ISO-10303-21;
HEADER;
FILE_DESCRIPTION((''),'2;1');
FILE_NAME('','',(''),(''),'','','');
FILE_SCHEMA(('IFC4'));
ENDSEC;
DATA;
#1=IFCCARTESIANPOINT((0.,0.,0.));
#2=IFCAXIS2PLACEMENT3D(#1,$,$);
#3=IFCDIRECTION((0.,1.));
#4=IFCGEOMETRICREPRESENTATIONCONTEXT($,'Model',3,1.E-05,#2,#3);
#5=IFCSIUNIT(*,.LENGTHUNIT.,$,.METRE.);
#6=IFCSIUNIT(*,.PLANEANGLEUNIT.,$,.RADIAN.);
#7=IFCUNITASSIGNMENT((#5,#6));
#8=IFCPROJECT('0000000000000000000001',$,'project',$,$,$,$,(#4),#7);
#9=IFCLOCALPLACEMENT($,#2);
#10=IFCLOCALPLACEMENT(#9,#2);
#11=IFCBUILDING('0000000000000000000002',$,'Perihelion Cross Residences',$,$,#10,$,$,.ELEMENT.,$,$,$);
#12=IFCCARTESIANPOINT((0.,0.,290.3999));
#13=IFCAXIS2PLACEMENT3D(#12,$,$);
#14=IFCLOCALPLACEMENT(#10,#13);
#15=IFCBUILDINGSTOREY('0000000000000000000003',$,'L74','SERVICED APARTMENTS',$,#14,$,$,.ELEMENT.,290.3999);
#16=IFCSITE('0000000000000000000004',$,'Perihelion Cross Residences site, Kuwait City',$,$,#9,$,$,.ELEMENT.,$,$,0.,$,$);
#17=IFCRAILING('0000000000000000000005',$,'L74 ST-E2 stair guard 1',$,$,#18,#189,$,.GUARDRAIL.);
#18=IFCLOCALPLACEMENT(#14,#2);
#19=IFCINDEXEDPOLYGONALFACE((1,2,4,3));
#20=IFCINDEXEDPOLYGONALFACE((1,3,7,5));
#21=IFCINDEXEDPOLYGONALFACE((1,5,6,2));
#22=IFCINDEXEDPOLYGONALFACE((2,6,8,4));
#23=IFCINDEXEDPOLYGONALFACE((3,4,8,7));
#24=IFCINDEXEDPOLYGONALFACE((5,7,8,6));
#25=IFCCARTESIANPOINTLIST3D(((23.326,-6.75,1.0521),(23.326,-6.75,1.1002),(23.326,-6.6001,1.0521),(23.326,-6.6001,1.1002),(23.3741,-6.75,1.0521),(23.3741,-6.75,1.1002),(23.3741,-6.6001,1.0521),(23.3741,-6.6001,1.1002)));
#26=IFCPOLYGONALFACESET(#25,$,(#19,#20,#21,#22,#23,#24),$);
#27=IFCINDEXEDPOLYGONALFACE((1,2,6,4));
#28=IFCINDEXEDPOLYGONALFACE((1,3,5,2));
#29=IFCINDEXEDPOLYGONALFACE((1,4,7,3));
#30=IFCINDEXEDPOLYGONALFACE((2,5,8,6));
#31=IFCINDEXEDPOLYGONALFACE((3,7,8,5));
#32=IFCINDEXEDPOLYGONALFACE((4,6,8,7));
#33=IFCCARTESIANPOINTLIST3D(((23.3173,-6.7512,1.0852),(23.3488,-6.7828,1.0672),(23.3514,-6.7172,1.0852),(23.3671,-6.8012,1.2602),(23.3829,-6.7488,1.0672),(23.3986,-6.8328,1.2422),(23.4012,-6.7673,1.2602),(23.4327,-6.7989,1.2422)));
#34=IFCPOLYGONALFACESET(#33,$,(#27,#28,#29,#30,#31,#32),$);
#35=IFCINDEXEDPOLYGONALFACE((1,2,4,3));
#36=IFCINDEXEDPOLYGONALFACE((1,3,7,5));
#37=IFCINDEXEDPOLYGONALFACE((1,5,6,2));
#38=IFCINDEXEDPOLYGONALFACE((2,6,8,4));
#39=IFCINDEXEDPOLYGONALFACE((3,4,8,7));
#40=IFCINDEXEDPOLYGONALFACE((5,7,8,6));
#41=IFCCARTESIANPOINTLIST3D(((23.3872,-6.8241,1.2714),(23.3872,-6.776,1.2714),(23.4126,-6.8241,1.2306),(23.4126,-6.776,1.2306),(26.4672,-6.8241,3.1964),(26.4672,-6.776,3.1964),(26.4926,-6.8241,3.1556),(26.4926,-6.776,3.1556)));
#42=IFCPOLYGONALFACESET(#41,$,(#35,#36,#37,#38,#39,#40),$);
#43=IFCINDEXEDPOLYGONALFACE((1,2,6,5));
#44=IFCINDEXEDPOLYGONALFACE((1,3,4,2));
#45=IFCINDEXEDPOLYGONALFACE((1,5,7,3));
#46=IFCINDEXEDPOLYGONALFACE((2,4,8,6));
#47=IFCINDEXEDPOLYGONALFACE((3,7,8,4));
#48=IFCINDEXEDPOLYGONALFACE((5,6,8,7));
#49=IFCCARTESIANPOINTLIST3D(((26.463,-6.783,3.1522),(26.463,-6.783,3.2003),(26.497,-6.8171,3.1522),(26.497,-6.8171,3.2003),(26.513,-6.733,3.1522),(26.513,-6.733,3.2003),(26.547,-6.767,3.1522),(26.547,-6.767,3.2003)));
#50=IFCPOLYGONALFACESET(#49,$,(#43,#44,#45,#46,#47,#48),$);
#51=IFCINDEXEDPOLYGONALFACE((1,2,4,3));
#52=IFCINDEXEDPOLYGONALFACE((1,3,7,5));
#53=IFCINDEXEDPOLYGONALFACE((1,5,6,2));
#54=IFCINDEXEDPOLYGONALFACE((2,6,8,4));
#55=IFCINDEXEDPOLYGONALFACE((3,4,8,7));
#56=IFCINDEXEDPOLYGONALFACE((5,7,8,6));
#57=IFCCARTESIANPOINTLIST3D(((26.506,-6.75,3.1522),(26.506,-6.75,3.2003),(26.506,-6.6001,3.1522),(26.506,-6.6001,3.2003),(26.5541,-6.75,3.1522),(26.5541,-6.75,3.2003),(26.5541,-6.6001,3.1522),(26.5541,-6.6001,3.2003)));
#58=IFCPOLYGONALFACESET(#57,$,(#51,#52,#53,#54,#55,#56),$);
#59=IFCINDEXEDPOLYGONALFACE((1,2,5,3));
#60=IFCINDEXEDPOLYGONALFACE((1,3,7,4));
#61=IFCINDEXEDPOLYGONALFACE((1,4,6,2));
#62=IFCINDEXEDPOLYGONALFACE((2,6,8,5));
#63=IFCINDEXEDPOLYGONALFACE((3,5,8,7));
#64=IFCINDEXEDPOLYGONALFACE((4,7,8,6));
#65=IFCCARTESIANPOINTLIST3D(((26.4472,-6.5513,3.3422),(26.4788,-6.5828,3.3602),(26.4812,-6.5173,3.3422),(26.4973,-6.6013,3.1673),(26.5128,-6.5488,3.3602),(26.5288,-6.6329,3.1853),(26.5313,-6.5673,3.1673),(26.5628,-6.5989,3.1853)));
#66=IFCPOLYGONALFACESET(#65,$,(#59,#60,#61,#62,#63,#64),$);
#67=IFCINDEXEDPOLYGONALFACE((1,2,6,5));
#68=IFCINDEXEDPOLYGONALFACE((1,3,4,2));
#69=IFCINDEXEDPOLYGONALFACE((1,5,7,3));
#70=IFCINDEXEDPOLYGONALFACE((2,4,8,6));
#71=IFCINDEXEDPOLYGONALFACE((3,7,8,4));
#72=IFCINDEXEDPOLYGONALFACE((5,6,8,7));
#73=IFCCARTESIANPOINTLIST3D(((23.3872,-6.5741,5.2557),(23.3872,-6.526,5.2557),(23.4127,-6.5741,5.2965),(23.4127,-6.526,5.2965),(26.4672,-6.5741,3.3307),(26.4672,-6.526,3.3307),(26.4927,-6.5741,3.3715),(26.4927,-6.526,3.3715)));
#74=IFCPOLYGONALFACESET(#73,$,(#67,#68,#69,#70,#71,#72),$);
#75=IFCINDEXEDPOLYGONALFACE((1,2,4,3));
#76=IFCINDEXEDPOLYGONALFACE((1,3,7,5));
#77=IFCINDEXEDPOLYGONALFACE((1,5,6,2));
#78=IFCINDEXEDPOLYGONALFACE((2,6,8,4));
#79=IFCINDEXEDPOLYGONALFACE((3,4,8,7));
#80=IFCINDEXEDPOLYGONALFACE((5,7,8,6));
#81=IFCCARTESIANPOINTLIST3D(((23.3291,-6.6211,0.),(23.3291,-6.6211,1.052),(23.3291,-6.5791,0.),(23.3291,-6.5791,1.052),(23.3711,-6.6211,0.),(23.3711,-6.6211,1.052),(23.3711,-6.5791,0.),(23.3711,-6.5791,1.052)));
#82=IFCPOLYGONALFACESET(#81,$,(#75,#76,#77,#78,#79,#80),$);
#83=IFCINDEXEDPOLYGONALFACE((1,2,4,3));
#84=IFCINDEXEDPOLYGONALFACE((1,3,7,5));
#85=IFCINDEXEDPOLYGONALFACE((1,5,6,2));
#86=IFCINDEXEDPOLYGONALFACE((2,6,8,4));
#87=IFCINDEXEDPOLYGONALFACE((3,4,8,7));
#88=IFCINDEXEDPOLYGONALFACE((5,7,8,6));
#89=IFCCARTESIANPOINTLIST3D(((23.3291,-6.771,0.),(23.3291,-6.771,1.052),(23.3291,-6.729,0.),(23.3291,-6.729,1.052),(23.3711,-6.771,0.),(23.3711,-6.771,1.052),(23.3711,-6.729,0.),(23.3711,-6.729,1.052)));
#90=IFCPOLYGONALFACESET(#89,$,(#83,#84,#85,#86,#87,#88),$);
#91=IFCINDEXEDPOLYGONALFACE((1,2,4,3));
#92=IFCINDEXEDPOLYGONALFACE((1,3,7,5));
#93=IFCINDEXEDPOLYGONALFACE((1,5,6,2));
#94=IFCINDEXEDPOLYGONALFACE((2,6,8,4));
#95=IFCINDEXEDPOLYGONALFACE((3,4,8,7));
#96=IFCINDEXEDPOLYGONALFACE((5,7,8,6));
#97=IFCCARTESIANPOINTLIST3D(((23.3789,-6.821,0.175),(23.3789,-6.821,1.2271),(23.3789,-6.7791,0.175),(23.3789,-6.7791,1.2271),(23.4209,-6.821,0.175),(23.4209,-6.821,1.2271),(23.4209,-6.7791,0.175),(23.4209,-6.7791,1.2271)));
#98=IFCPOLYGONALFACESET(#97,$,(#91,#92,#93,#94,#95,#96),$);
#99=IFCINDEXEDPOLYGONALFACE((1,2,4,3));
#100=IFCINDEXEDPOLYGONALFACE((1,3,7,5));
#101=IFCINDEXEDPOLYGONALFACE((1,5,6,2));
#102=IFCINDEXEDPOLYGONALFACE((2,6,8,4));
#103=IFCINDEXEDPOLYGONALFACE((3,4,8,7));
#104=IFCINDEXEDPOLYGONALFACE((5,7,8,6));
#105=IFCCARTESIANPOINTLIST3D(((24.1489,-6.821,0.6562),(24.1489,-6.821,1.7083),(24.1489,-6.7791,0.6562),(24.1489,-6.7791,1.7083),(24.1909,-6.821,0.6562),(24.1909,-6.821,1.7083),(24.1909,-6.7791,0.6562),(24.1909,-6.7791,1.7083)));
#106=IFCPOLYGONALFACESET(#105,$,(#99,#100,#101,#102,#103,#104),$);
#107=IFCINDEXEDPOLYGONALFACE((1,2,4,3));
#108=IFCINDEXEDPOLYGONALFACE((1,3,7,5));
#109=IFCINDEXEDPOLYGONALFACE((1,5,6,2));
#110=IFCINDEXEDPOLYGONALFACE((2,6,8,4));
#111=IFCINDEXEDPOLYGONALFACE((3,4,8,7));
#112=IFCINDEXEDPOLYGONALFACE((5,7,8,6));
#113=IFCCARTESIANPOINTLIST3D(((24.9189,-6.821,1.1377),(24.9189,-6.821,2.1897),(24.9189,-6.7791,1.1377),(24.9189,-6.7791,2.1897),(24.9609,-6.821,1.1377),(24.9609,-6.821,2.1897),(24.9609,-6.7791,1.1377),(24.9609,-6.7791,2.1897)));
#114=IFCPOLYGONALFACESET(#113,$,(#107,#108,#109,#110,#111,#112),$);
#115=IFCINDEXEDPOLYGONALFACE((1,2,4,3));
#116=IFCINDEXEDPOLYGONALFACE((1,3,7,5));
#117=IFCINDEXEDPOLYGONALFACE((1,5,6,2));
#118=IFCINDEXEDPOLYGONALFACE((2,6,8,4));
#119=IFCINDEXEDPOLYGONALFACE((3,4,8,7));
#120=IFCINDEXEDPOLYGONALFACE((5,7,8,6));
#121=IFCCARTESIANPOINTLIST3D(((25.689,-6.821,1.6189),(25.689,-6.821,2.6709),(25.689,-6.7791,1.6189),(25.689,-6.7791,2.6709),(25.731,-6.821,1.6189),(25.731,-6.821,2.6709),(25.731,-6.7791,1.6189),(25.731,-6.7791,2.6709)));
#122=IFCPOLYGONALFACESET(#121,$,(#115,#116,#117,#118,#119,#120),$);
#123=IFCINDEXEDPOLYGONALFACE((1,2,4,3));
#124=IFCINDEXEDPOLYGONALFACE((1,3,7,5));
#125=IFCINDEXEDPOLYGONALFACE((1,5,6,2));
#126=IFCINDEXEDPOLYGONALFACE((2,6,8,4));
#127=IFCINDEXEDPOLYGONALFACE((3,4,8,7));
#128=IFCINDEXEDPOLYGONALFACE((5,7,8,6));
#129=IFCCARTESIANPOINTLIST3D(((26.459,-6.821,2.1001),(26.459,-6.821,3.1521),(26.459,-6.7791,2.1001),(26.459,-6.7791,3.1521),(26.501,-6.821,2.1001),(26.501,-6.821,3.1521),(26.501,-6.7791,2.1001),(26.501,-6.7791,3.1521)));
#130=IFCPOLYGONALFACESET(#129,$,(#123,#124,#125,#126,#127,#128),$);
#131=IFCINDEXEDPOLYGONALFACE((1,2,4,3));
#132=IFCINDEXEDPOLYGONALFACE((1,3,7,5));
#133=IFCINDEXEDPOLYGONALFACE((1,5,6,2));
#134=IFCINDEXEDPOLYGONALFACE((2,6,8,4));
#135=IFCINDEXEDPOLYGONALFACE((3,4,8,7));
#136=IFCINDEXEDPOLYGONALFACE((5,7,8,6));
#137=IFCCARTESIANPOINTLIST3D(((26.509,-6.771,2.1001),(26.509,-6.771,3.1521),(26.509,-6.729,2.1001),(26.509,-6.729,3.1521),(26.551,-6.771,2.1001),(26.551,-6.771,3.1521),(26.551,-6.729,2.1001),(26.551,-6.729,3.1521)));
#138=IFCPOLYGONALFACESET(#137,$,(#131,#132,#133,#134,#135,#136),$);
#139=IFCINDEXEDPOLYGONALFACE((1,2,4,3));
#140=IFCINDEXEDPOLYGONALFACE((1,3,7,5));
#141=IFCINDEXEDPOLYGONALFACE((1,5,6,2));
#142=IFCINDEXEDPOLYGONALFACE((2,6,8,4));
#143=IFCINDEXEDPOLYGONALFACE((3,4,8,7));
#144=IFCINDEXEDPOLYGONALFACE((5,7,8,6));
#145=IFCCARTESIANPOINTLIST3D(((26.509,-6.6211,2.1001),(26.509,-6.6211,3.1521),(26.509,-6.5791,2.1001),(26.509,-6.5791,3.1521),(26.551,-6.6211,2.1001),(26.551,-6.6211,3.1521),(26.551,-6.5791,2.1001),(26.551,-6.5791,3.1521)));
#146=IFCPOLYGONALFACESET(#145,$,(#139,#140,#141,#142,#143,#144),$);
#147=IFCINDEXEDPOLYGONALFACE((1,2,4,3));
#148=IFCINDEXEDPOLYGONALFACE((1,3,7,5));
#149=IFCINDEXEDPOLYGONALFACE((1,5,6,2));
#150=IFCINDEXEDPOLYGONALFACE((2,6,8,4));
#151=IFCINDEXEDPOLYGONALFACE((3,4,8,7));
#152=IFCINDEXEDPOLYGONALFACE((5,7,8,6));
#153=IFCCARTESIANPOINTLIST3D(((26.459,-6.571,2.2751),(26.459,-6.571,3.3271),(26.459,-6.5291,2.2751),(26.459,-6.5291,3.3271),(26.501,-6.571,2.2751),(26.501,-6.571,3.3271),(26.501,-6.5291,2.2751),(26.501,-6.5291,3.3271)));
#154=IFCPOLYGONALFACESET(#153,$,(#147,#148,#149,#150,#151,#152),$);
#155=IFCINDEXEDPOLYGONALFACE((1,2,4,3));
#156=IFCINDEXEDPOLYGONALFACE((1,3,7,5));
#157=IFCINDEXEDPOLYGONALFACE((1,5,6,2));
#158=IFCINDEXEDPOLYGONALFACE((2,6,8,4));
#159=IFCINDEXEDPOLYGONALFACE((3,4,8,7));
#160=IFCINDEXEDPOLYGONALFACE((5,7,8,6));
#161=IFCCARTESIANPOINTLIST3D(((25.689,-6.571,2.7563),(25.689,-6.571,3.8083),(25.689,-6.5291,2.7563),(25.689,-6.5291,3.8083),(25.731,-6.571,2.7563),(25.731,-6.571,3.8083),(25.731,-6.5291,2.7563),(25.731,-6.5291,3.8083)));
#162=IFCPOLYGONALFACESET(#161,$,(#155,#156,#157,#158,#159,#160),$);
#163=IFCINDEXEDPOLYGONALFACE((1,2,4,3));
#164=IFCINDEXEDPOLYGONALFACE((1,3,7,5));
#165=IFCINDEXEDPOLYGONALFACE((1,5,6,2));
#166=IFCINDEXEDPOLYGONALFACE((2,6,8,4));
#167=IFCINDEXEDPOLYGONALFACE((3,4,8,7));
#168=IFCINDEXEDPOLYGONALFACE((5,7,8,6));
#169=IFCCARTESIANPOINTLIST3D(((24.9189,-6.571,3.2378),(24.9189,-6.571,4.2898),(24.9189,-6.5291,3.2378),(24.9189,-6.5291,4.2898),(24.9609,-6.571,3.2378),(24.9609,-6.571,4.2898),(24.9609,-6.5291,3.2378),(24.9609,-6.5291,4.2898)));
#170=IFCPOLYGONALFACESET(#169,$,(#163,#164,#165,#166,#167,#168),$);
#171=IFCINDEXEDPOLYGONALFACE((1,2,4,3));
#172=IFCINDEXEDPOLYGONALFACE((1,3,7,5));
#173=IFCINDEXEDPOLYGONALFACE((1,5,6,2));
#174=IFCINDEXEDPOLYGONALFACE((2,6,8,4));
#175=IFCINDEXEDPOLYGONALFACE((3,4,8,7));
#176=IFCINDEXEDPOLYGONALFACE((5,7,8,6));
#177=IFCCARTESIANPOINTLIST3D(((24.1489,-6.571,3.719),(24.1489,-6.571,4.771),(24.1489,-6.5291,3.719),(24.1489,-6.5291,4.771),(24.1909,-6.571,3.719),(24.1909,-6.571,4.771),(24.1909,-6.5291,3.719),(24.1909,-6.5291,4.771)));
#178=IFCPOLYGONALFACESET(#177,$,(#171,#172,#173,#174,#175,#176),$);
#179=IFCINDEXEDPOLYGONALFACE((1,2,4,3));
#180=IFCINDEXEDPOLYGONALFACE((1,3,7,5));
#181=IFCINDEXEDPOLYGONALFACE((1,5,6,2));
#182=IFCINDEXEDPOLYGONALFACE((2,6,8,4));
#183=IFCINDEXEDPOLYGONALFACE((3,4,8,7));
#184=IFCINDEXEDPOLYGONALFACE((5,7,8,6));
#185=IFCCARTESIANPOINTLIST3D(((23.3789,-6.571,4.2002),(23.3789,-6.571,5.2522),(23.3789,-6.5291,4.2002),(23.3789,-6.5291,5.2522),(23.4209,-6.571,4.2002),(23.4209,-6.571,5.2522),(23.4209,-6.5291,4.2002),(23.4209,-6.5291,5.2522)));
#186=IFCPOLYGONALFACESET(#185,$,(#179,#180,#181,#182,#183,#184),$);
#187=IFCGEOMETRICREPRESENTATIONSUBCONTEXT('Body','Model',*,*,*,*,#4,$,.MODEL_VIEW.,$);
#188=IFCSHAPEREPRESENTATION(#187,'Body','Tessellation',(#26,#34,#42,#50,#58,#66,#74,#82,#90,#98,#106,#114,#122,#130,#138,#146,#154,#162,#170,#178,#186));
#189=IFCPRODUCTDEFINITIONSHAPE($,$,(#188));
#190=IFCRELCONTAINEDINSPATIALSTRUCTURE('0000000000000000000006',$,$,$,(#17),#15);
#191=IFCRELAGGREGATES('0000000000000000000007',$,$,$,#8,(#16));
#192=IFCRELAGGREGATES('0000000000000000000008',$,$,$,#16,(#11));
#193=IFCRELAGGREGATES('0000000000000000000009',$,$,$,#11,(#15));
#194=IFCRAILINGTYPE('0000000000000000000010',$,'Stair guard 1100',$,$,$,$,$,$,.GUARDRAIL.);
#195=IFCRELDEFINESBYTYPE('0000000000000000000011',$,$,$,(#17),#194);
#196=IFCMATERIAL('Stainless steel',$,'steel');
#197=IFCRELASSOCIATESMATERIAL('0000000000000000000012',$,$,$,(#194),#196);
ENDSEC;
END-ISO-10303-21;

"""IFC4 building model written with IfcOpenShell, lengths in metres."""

from ifc_helpers import new_model, si_unit, direction, frame, origin, origin_2d, place, context, subcontext, project, spatial, rectangle, extrude, material, type_object, element, save


model = new_model("IFC4")

# Units and contexts
model_context = context("Model", 3, precision=1e-05, world=origin(), true_north=direction((0.0, 1.0)))
body_context = subcontext(model_context, "Body", "Model", "MODEL_VIEW")
ifc_project = project(units=[si_unit("LENGTHUNIT", "METRE"), si_unit("PLANEANGLEUNIT", "RADIAN")], contexts=[model_context])

# Site, building, storey
site_placement = place(None, origin())
site = spatial("IfcSite", under=ifc_project, at=site_placement, Name="Perihelion Cross Residences site, Kuwait City", CompositionType="ELEMENT", RefElevation=0.0)
building_placement = place(site_placement, origin())
building = spatial("IfcBuilding", under=site, at=building_placement, Name="Perihelion Cross Residences", CompositionType="ELEMENT")
storey_placement = place(building_placement, frame((0.0, 0.0, 290.3999)))
storey = spatial("IfcBuildingStorey", under=building, at=storey_placement, Name="L74", Description="SERVICED APARTMENTS", CompositionType="ELEMENT", Elevation=290.3999)

# Railing
ifc_material_1 = material(Name="Stainless steel", Category="steel")
railing_type_1 = type_object("IfcRailingType", Name="Stair guard 1100", PredefinedType="GUARDRAIL", material=ifc_material_1)
railing_1_placement = place(storey_placement, frame((23.3501, -6.6001, 0.0)))
element("IfcRailing", 1, at=railing_1_placement, inside=storey, type_object=railing_type_1, Name="L74 ST-E2 stair guard 1", PredefinedType="GUARDRAIL", context=body_context, shape_type="SweptSolid", body=[
    extrude(rectangle(XDim=0.0481, YDim=0.0481, at=origin_2d()), frame((0.0, 0.0, 1.0762), z_axis=(0.0, -1.0, 0.0), x_axis=(1.0, 0.0, 0.0)), (0.0, 0.0, 1.0), 0.1499),
    extrude(rectangle(XDim=0.0481, YDim=0.0481, at=origin_2d()), frame((0.0, -0.1499, 1.0762), z_axis=(0.263862, -0.265156, 0.927399), x_axis=(0.708834, 0.705376, 0.0)), (0.0, 0.0, 1.0), 0.1887),
    extrude(rectangle(XDim=0.0481, YDim=0.0481, at=origin_2d()), frame((0.0498, -0.2, 1.251), z_axis=(0.847998, 0.0, 0.529999), x_axis=(0.0, 1.0, 0.0)), (0.0, 0.0, 1.0), 3.6321),
    extrude(rectangle(XDim=0.0481, YDim=0.0481, at=origin_2d()), frame((3.1299, -0.2, 3.1763), z_axis=(0.707107, 0.707107, 0.0), x_axis=(-0.707107, 0.707107, 0.0)), (0.0, 0.0, 1.0), 0.0708),
    extrude(rectangle(XDim=0.0481, YDim=0.0481, at=origin_2d()), frame((3.1799, -0.1499, 3.1763), z_axis=(0.0, 1.0, 0.0), x_axis=(-1.0, 0.0, 0.0)), (0.0, 0.0, 1.0), 0.1499),
    extrude(rectangle(XDim=0.0481, YDim=0.0481, at=origin_2d()), frame((3.1799, 0.0, 3.1763), z_axis=(-0.265065, 0.265065, 0.927082), x_axis=(-0.707107, -0.707107, 0.0)), (0.0, 0.0, 1.0), 0.1887),
    extrude(rectangle(XDim=0.0481, YDim=0.0481, at=origin_2d()), frame((3.1299, 0.05, 3.3511), z_axis=(-0.847998, 0.0, 0.529999), x_axis=(0.0, -1.0, 0.0)), (0.0, 0.0, 1.0), 3.6321),
    extrude(rectangle(XDim=0.042, YDim=0.042, at=origin_2d()), origin(), (0.0, 0.0, 1.0), 1.052),
    extrude(rectangle(XDim=0.042, YDim=0.042, at=origin_2d()), frame((0.0, -0.1499, 0.0)), (0.0, 0.0, 1.0), 1.052),
    extrude(rectangle(XDim=0.042, YDim=0.042, at=origin_2d()), frame((0.0498, -0.2, 0.175)), (0.0, 0.0, 1.0), 1.052),
    extrude(rectangle(XDim=0.042, YDim=0.042, at=origin_2d()), frame((0.8198, -0.2, 0.6562)), (0.0, 0.0, 1.0), 1.052),
    extrude(rectangle(XDim=0.042, YDim=0.042, at=origin_2d()), frame((1.5898, -0.2, 1.1377)), (0.0, 0.0, 1.0), 1.052),
    extrude(rectangle(XDim=0.042, YDim=0.042, at=origin_2d()), frame((2.3599, -0.2, 1.6189)), (0.0, 0.0, 1.0), 1.052),
    extrude(rectangle(XDim=0.042, YDim=0.042, at=origin_2d()), frame((3.1299, -0.2, 2.1001)), (0.0, 0.0, 1.0), 1.052),
    extrude(rectangle(XDim=0.042, YDim=0.042, at=origin_2d()), frame((3.1799, -0.1499, 2.1001)), (0.0, 0.0, 1.0), 1.052),
    extrude(rectangle(XDim=0.042, YDim=0.042, at=origin_2d()), frame((3.1799, 0.0, 2.1001)), (0.0, 0.0, 1.0), 1.052),
    extrude(rectangle(XDim=0.042, YDim=0.042, at=origin_2d()), frame((3.1299, 0.05, 2.2751)), (0.0, 0.0, 1.0), 1.052),
    extrude(rectangle(XDim=0.042, YDim=0.042, at=origin_2d()), frame((2.3599, 0.05, 2.7563)), (0.0, 0.0, 1.0), 1.052),
    extrude(rectangle(XDim=0.042, YDim=0.042, at=origin_2d()), frame((1.5898, 0.05, 3.2378)), (0.0, 0.0, 1.0), 1.052),
    extrude(rectangle(XDim=0.042, YDim=0.042, at=origin_2d()), frame((0.8198, 0.05, 3.719)), (0.0, 0.0, 1.0), 1.052),
    extrude(rectangle(XDim=0.042, YDim=0.042, at=origin_2d()), frame((0.0498, 0.05, 4.2002)), (0.0, 0.0, 1.0), 1.052),
])

save(model, "model.ifc")
